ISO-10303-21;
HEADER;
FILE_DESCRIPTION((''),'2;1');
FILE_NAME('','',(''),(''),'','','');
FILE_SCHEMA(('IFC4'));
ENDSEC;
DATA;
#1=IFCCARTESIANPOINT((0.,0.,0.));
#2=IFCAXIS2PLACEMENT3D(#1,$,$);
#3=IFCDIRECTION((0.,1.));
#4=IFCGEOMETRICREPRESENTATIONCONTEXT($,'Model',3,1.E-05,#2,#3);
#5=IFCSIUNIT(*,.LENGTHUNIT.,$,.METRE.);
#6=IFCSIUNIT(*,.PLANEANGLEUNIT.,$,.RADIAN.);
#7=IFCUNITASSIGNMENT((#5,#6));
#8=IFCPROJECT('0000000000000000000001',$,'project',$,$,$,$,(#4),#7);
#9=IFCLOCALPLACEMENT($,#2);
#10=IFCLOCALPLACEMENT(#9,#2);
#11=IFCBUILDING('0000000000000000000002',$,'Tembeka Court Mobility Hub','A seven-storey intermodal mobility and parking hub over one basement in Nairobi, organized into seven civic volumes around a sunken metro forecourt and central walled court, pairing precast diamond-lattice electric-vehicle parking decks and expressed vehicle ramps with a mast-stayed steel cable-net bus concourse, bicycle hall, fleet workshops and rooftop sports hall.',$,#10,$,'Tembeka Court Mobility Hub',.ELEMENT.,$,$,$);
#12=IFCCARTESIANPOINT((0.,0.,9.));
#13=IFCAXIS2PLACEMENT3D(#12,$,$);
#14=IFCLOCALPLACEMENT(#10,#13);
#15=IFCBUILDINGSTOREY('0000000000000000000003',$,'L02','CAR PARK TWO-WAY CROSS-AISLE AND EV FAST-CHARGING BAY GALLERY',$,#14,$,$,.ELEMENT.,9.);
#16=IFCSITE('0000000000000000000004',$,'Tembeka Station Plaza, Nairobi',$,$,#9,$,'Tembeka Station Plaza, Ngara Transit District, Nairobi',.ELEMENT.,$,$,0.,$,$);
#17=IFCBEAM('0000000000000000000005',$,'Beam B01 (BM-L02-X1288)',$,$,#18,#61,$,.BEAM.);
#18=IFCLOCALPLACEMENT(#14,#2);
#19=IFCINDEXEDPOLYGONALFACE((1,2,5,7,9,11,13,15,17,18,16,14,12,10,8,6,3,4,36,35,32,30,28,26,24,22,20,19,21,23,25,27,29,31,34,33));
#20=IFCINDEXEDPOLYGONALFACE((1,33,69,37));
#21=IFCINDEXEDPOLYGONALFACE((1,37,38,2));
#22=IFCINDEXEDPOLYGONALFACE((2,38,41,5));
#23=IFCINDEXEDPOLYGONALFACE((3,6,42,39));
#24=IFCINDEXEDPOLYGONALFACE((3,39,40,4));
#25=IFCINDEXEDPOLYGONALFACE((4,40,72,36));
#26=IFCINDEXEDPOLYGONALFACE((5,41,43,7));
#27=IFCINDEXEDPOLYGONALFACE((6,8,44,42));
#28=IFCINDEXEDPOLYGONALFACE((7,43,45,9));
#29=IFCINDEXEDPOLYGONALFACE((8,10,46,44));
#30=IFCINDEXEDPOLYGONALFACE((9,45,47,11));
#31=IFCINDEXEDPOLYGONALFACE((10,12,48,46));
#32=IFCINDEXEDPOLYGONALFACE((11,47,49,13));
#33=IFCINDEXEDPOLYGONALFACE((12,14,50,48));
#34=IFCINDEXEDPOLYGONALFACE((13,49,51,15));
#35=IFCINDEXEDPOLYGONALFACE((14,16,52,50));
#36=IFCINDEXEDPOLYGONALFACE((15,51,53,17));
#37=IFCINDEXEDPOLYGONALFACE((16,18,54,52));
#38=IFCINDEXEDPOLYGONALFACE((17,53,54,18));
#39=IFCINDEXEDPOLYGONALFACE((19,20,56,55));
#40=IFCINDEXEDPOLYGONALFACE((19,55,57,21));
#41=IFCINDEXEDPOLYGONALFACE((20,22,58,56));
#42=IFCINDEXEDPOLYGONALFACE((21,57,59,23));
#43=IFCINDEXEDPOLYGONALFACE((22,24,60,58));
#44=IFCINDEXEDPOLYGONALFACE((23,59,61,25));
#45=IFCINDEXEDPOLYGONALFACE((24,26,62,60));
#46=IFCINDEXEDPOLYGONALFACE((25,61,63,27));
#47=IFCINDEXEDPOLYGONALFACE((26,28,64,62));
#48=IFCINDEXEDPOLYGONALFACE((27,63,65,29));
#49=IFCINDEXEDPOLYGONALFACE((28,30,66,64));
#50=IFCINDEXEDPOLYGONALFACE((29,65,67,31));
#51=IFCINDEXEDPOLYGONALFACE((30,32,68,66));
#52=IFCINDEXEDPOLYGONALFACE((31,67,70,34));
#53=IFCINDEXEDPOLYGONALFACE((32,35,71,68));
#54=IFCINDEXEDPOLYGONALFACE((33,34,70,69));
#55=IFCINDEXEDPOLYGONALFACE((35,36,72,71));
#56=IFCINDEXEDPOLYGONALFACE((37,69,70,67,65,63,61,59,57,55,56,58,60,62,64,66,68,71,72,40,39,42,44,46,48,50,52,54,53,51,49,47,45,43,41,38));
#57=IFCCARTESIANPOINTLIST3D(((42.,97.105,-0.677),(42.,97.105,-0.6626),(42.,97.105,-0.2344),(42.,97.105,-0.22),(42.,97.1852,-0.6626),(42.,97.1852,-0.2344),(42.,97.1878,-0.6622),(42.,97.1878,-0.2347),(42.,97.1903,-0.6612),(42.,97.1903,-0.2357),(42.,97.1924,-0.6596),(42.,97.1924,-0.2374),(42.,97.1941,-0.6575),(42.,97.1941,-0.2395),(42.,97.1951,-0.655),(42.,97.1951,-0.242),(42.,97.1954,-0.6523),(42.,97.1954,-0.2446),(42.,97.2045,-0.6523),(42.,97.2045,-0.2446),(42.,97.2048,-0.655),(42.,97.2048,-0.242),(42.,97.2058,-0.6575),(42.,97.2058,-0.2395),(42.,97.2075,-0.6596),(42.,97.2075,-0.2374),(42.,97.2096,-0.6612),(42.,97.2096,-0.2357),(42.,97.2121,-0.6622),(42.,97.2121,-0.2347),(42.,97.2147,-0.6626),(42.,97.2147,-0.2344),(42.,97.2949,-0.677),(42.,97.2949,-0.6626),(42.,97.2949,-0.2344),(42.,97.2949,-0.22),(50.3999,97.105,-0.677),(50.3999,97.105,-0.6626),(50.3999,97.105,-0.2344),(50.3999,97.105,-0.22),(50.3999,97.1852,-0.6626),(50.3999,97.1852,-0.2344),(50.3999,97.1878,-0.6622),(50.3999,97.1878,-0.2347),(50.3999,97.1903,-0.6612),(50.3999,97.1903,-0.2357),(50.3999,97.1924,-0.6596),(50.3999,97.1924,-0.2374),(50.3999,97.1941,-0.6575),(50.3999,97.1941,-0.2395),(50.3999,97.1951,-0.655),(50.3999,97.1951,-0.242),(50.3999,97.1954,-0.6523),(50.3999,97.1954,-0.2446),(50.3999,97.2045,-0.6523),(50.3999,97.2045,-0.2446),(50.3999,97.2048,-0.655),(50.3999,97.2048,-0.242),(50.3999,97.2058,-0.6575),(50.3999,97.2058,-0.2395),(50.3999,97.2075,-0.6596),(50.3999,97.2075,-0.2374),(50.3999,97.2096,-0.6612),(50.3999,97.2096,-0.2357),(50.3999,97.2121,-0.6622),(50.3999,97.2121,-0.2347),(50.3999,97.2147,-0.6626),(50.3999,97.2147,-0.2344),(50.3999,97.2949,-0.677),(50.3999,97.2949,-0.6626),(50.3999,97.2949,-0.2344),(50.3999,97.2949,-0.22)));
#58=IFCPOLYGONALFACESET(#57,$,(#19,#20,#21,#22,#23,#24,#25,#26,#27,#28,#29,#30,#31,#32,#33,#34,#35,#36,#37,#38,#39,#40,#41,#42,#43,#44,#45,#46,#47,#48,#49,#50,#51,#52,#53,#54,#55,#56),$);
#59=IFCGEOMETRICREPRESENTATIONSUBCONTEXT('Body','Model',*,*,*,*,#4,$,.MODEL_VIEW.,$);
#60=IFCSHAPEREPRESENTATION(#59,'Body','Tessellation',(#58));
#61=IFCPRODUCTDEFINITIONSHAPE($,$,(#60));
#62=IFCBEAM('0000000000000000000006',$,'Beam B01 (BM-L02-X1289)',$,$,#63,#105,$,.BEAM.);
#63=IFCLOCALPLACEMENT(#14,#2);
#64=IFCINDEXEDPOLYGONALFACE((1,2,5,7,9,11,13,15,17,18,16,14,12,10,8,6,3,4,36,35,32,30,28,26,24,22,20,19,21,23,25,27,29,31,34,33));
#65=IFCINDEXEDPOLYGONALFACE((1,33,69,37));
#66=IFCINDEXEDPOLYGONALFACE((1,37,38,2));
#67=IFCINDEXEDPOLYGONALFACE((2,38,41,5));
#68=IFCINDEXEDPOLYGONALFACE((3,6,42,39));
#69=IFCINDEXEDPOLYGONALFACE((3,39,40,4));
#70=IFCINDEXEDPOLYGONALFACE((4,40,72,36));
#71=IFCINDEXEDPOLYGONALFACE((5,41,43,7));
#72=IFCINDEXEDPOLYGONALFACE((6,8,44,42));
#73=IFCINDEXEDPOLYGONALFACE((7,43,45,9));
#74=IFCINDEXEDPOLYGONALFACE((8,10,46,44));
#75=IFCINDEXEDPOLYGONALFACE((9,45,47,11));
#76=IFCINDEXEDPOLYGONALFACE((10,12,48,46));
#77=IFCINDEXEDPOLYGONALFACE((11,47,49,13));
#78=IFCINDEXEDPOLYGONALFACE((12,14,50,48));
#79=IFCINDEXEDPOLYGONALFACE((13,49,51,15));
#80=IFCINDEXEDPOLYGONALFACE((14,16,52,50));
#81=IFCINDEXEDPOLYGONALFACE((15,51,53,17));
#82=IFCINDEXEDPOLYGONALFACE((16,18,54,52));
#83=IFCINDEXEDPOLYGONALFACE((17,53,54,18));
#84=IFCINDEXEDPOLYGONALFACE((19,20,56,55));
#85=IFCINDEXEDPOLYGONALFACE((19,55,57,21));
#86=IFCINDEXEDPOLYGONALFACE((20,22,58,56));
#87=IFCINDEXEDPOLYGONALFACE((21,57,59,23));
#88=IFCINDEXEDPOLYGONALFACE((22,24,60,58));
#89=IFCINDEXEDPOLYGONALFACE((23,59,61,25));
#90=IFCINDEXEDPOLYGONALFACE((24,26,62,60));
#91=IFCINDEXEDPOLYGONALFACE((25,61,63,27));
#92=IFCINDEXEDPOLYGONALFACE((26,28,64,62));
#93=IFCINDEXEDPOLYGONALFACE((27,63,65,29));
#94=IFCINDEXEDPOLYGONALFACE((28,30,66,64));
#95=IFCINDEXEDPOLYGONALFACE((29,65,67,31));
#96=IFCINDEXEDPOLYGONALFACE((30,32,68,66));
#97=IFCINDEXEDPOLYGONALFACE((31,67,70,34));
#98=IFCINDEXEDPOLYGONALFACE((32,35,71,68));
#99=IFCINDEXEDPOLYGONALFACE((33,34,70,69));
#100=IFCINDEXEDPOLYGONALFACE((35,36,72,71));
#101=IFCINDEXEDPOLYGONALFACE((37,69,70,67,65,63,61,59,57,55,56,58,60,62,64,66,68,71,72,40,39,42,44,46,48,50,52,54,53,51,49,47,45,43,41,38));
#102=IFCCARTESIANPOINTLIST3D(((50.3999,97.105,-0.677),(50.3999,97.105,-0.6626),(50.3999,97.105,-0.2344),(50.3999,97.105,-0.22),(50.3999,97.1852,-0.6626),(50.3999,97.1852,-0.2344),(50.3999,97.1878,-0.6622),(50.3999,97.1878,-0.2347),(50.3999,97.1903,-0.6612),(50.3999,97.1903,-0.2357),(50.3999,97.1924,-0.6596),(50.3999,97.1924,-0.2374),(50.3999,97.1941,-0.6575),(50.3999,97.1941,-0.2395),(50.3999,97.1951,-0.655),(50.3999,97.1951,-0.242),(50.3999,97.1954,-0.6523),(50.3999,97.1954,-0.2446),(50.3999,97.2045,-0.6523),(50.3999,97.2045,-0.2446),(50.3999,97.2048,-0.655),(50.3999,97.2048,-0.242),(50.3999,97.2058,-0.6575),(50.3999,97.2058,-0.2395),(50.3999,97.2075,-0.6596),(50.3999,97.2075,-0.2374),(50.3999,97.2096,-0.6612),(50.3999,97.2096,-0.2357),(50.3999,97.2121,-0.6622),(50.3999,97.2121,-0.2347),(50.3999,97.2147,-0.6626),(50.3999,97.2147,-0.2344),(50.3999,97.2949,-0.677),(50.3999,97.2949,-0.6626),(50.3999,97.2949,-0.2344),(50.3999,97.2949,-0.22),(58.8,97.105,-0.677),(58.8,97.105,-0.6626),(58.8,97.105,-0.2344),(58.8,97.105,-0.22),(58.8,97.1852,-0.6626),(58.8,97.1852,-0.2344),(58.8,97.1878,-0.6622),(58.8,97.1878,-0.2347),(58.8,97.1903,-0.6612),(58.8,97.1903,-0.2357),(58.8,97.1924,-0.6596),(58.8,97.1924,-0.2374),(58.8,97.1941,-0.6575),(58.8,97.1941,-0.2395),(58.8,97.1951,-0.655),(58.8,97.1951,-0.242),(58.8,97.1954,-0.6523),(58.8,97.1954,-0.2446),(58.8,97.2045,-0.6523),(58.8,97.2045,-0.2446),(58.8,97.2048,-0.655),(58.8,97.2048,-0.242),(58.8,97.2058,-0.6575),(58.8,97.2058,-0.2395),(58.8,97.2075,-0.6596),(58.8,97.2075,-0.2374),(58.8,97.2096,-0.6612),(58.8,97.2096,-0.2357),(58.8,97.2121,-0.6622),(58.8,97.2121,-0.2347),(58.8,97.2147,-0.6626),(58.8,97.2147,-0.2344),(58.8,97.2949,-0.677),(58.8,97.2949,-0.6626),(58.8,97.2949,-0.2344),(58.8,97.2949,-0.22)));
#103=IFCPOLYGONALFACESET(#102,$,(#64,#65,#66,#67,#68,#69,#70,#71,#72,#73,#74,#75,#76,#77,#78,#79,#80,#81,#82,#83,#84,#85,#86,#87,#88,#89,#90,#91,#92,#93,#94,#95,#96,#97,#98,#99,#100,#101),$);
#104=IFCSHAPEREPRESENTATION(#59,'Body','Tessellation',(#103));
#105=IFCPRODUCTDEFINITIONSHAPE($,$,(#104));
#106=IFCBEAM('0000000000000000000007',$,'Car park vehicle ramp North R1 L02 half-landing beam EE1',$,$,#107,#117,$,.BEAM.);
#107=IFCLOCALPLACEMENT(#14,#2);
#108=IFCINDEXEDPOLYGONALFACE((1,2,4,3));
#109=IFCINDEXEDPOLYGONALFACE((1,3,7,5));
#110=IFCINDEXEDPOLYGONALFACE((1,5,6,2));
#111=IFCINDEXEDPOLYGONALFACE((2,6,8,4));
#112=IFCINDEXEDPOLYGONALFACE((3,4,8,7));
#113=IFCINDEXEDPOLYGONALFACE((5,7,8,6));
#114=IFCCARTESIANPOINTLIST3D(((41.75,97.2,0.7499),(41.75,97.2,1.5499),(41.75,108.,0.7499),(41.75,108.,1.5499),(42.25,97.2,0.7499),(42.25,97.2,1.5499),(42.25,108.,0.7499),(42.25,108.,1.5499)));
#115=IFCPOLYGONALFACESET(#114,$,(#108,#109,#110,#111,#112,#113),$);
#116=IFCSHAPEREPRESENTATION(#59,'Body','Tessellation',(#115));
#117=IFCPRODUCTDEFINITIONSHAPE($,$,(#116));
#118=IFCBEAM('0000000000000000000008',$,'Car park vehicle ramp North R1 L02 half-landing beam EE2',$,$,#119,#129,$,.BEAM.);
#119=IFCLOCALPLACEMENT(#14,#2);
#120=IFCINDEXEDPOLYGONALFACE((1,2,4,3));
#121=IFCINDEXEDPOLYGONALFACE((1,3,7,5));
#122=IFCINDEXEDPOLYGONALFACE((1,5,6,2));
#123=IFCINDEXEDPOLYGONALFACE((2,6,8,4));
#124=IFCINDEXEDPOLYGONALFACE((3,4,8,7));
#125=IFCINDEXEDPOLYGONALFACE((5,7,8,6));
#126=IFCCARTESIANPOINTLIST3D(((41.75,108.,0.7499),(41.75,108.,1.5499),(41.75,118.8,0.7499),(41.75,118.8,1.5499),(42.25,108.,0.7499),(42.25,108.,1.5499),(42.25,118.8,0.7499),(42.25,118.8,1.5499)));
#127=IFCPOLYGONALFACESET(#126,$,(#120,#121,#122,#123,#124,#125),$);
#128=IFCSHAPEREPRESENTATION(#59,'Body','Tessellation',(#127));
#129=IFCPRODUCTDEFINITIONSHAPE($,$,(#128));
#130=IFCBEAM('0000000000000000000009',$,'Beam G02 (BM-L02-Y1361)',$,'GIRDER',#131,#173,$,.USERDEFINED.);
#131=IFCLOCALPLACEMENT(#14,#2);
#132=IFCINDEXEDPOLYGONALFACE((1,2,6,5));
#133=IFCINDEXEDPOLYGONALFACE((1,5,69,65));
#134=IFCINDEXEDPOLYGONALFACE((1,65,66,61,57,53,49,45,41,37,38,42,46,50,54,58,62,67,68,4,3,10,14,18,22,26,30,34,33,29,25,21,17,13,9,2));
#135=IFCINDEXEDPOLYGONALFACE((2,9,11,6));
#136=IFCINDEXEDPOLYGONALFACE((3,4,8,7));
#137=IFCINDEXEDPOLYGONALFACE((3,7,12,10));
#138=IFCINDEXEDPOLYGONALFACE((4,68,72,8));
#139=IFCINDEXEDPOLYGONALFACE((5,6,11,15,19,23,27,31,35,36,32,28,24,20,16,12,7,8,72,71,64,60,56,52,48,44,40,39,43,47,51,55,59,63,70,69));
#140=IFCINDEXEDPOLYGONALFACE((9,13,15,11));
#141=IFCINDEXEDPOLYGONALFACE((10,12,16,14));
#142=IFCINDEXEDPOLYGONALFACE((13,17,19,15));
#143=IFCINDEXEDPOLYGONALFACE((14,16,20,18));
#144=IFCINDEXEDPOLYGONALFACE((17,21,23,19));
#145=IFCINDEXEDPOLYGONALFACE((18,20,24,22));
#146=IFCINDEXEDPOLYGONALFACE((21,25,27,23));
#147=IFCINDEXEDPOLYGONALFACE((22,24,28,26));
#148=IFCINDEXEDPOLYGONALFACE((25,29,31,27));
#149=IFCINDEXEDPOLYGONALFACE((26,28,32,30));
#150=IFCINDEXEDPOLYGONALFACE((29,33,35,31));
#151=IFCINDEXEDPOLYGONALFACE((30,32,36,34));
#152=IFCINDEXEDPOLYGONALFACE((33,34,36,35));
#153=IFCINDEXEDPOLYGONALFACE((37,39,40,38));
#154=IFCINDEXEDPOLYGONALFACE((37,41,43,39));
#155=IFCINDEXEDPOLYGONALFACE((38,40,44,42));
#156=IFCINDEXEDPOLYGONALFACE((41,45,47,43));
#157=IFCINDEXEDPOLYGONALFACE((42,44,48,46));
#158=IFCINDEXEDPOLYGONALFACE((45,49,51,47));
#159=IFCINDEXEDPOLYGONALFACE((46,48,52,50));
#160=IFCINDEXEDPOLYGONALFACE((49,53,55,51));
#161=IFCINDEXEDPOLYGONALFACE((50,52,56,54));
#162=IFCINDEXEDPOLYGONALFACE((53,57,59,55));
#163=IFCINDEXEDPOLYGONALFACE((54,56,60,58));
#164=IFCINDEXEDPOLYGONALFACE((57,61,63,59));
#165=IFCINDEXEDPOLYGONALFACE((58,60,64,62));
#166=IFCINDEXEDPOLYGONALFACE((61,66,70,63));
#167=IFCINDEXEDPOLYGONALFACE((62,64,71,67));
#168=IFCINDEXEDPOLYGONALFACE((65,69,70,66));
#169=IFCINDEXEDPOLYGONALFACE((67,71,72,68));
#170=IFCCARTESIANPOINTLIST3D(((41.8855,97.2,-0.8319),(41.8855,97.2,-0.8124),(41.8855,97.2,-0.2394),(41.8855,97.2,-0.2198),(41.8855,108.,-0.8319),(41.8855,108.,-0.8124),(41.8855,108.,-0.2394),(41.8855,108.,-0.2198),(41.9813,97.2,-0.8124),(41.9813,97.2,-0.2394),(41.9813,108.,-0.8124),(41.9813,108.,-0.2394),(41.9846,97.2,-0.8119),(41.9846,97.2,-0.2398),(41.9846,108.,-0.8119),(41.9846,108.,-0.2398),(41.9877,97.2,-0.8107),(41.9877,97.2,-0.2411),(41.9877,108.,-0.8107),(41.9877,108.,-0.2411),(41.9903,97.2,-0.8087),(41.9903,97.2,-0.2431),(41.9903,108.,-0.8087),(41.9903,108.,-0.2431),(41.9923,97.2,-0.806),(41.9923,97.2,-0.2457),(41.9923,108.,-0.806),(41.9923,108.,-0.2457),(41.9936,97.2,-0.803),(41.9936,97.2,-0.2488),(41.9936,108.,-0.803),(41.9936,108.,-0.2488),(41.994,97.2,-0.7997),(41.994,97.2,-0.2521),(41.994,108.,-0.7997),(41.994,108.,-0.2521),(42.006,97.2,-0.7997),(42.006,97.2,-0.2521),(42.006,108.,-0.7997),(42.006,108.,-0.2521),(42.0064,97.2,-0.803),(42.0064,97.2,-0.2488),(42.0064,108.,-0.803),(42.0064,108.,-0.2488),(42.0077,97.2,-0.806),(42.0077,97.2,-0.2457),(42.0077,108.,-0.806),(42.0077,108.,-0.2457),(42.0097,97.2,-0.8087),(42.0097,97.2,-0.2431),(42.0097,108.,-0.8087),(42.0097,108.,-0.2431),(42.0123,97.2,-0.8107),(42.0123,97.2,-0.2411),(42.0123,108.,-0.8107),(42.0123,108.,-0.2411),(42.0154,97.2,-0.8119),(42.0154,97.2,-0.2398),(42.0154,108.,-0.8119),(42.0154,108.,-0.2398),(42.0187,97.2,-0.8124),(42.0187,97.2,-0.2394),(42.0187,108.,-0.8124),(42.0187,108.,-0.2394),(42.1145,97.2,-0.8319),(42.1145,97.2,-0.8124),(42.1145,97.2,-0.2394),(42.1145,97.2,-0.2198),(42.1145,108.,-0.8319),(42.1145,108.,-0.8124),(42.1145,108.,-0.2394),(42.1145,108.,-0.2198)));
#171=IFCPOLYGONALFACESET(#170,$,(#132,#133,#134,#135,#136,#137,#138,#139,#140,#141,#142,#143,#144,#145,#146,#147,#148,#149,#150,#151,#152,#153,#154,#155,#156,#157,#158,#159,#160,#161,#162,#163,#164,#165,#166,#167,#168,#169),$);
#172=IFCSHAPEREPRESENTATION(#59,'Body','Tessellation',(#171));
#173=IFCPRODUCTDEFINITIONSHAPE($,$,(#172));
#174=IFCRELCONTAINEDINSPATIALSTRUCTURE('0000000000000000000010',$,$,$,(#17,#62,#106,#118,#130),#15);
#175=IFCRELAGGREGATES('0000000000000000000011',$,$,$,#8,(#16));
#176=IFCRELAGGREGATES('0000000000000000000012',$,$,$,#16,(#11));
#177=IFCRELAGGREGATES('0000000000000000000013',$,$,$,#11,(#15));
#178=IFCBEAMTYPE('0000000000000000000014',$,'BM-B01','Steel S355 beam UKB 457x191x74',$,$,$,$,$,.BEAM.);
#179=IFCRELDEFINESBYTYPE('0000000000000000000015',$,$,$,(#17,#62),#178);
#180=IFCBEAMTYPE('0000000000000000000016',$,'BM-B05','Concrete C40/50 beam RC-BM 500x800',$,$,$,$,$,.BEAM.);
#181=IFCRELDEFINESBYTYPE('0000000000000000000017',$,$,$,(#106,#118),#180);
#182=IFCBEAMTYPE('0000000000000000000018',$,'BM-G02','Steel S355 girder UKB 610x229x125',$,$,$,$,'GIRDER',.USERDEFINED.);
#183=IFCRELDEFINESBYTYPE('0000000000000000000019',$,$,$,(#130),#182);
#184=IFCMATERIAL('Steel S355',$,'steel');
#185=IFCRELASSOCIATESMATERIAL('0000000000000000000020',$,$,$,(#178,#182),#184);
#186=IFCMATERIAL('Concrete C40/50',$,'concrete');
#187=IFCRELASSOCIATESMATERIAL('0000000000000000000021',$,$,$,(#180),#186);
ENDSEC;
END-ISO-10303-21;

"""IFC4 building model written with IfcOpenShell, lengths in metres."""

from ifc_helpers import new_model, si_unit, direction, frame, origin, origin_2d, place, context, subcontext, project, spatial, rectangle, i_section, extrude, material, material_profile, profile_set, type_object, element, save


model = new_model("IFC4")

# Units and contexts
model_context = context("Model", 3, precision=1e-05, world=origin(), true_north=direction((0.0, 1.0)))
body_context = subcontext(model_context, "Body", "Model", "MODEL_VIEW")
ifc_project = project(units=[si_unit("LENGTHUNIT", "METRE"), si_unit("PLANEANGLEUNIT", "RADIAN")], contexts=[model_context])

# Site, building, storey
site_placement = place(None, origin())
site = spatial("IfcSite", under=ifc_project, at=site_placement, Name="Tembeka Station Plaza, Nairobi", LongName="Tembeka Station Plaza, Ngara Transit District, Nairobi", CompositionType="ELEMENT", RefElevation=0.0)
building_placement = place(site_placement, origin())
building = spatial("IfcBuilding", under=site, at=building_placement, Name="Tembeka Court Mobility Hub", Description="A seven-storey intermodal mobility and parking hub over one basement in Nairobi, organized into seven civic volumes around a sunken metro forecourt and central walled court, pairing precast diamond-lattice electric-vehicle parking decks and expressed vehicle ramps with a mast-stayed steel cable-net bus concourse, bicycle hall, fleet workshops and rooftop sports hall.", LongName="Tembeka Court Mobility Hub", CompositionType="ELEMENT")
storey_placement = place(building_placement, frame((0.0, 0.0, 9.0)))
storey = spatial("IfcBuildingStorey", under=building, at=storey_placement, Name="L02", Description="CAR PARK TWO-WAY CROSS-AISLE AND EV FAST-CHARGING BAY GALLERY", CompositionType="ELEMENT", Elevation=9.0)

# Shared definitions
ifc_material_1 = material(Name="Steel S355", Category="steel")

# Beams
ifc_material_profile_1 = material_profile(ifc_material_1, i_section(OverallWidth=0.1899, OverallDepth=0.457, WebThickness=0.009, FlangeThickness=0.0144, FilletRadius=0.0103, at=origin_2d()), Name="UKB 457x191x74")
ifc_profile_set_1 = profile_set([ifc_material_profile_1], Name="Steel S355")
beam_type_1 = type_object("IfcBeamType", Name="BM-B01", Description="Steel S355 beam UKB 457x191x74", PredefinedType="BEAM", material=ifc_profile_set_1)
beam_1_placement = place(storey_placement, frame((42.0, 97.2, -0.4485), z_axis=(1.0, 0.0, 0.0), x_axis=(0.0, 1.0, 0.0)))
element("IfcBeam", 1, at=beam_1_placement, inside=storey, type_object=beam_type_1, Name="Beam B01 (BM-L02-X1288)", PredefinedType="BEAM", context=body_context, shape_type="SweptSolid", body=[
    extrude(i_section(OverallWidth=0.1899, OverallDepth=0.457, WebThickness=0.009, FlangeThickness=0.0144, FilletRadius=0.0103, at=origin_2d()), origin(), (0.0, 0.0, 1.0), 8.3999),
])
beam_2_placement = place(storey_placement, frame((50.3999, 97.2, -0.4485), z_axis=(1.0, 0.0, 0.0), x_axis=(0.0, 1.0, 0.0)))
element("IfcBeam", 2, at=beam_2_placement, inside=storey, type_object=beam_type_1, Name="Beam B01 (BM-L02-X1289)", PredefinedType="BEAM", context=body_context, shape_type="SweptSolid", body=[
    extrude(i_section(OverallWidth=0.1899, OverallDepth=0.457, WebThickness=0.009, FlangeThickness=0.0144, FilletRadius=0.0103, at=origin_2d()), origin(), (0.0, 0.0, 1.0), 8.4001),
])
ifc_material_2 = material(Name="Concrete C40/50", Category="concrete")
ifc_material_profile_2 = material_profile(ifc_material_2, rectangle(XDim=0.5, YDim=0.8, at=origin_2d()), Name="RC-BM 500x800")
ifc_profile_set_2 = profile_set([ifc_material_profile_2], Name="Concrete C40/50")
beam_type_2 = type_object("IfcBeamType", Name="BM-B05", Description="Concrete C40/50 beam RC-BM 500x800", PredefinedType="BEAM", material=ifc_profile_set_2)
for number, where, z_axis, x_axis, name in (
    (3, (42.0, 97.2, 1.1499), (0.0, 1.0, 0.0), (-1.0, 0.0, 0.0), "Car park vehicle ramp North R1 L02 half-landing beam EE1"),
    (4, (42.0, 108.0, 1.1499), (0.0, 1.0, 0.0), (-1.0, 0.0, 0.0), "Car park vehicle ramp North R1 L02 half-landing beam EE2"),
):
    element("IfcBeam", number, at=place(storey_placement, frame(where, z_axis=z_axis, x_axis=x_axis)), inside=storey, type_object=beam_type_2, Name=name, PredefinedType="BEAM", context=body_context, shape_type="SweptSolid", body=[
        extrude(rectangle(XDim=0.5, YDim=0.8, at=origin_2d()), origin(), (0.0, 0.0, 1.0), 10.8),
    ])
ifc_material_profile_3 = material_profile(ifc_material_1, i_section(OverallWidth=0.229, OverallDepth=0.6121, WebThickness=0.012, FlangeThickness=0.0195, FilletRadius=0.0127, at=origin_2d()), Name="UKB 610x229x125")
ifc_profile_set_3 = profile_set([ifc_material_profile_3], Name="Steel S355")
beam_type_3 = type_object("IfcBeamType", Name="BM-G02", Description="Steel S355 girder UKB 610x229x125", ElementType="GIRDER", PredefinedType="USERDEFINED", material=ifc_profile_set_3)
for number, where, z_axis, x_axis, name in (
    (5, (42.0, 97.2, -0.5259), (0.0, 1.0, 0.0), (-1.0, 0.0, 0.0), "Beam G02 (BM-L02-Y1361)"),
):
    element("IfcBeam", number, at=place(storey_placement, frame(where, z_axis=z_axis, x_axis=x_axis)), inside=storey, type_object=beam_type_3, Name=name, ObjectType="GIRDER", PredefinedType="USERDEFINED", context=body_context, shape_type="SweptSolid", body=[
        extrude(i_section(OverallWidth=0.229, OverallDepth=0.6121, WebThickness=0.012, FlangeThickness=0.0195, FilletRadius=0.0127, at=origin_2d()), origin(), (0.0, 0.0, 1.0), 10.8),
    ])

save(model, "model.ifc")
